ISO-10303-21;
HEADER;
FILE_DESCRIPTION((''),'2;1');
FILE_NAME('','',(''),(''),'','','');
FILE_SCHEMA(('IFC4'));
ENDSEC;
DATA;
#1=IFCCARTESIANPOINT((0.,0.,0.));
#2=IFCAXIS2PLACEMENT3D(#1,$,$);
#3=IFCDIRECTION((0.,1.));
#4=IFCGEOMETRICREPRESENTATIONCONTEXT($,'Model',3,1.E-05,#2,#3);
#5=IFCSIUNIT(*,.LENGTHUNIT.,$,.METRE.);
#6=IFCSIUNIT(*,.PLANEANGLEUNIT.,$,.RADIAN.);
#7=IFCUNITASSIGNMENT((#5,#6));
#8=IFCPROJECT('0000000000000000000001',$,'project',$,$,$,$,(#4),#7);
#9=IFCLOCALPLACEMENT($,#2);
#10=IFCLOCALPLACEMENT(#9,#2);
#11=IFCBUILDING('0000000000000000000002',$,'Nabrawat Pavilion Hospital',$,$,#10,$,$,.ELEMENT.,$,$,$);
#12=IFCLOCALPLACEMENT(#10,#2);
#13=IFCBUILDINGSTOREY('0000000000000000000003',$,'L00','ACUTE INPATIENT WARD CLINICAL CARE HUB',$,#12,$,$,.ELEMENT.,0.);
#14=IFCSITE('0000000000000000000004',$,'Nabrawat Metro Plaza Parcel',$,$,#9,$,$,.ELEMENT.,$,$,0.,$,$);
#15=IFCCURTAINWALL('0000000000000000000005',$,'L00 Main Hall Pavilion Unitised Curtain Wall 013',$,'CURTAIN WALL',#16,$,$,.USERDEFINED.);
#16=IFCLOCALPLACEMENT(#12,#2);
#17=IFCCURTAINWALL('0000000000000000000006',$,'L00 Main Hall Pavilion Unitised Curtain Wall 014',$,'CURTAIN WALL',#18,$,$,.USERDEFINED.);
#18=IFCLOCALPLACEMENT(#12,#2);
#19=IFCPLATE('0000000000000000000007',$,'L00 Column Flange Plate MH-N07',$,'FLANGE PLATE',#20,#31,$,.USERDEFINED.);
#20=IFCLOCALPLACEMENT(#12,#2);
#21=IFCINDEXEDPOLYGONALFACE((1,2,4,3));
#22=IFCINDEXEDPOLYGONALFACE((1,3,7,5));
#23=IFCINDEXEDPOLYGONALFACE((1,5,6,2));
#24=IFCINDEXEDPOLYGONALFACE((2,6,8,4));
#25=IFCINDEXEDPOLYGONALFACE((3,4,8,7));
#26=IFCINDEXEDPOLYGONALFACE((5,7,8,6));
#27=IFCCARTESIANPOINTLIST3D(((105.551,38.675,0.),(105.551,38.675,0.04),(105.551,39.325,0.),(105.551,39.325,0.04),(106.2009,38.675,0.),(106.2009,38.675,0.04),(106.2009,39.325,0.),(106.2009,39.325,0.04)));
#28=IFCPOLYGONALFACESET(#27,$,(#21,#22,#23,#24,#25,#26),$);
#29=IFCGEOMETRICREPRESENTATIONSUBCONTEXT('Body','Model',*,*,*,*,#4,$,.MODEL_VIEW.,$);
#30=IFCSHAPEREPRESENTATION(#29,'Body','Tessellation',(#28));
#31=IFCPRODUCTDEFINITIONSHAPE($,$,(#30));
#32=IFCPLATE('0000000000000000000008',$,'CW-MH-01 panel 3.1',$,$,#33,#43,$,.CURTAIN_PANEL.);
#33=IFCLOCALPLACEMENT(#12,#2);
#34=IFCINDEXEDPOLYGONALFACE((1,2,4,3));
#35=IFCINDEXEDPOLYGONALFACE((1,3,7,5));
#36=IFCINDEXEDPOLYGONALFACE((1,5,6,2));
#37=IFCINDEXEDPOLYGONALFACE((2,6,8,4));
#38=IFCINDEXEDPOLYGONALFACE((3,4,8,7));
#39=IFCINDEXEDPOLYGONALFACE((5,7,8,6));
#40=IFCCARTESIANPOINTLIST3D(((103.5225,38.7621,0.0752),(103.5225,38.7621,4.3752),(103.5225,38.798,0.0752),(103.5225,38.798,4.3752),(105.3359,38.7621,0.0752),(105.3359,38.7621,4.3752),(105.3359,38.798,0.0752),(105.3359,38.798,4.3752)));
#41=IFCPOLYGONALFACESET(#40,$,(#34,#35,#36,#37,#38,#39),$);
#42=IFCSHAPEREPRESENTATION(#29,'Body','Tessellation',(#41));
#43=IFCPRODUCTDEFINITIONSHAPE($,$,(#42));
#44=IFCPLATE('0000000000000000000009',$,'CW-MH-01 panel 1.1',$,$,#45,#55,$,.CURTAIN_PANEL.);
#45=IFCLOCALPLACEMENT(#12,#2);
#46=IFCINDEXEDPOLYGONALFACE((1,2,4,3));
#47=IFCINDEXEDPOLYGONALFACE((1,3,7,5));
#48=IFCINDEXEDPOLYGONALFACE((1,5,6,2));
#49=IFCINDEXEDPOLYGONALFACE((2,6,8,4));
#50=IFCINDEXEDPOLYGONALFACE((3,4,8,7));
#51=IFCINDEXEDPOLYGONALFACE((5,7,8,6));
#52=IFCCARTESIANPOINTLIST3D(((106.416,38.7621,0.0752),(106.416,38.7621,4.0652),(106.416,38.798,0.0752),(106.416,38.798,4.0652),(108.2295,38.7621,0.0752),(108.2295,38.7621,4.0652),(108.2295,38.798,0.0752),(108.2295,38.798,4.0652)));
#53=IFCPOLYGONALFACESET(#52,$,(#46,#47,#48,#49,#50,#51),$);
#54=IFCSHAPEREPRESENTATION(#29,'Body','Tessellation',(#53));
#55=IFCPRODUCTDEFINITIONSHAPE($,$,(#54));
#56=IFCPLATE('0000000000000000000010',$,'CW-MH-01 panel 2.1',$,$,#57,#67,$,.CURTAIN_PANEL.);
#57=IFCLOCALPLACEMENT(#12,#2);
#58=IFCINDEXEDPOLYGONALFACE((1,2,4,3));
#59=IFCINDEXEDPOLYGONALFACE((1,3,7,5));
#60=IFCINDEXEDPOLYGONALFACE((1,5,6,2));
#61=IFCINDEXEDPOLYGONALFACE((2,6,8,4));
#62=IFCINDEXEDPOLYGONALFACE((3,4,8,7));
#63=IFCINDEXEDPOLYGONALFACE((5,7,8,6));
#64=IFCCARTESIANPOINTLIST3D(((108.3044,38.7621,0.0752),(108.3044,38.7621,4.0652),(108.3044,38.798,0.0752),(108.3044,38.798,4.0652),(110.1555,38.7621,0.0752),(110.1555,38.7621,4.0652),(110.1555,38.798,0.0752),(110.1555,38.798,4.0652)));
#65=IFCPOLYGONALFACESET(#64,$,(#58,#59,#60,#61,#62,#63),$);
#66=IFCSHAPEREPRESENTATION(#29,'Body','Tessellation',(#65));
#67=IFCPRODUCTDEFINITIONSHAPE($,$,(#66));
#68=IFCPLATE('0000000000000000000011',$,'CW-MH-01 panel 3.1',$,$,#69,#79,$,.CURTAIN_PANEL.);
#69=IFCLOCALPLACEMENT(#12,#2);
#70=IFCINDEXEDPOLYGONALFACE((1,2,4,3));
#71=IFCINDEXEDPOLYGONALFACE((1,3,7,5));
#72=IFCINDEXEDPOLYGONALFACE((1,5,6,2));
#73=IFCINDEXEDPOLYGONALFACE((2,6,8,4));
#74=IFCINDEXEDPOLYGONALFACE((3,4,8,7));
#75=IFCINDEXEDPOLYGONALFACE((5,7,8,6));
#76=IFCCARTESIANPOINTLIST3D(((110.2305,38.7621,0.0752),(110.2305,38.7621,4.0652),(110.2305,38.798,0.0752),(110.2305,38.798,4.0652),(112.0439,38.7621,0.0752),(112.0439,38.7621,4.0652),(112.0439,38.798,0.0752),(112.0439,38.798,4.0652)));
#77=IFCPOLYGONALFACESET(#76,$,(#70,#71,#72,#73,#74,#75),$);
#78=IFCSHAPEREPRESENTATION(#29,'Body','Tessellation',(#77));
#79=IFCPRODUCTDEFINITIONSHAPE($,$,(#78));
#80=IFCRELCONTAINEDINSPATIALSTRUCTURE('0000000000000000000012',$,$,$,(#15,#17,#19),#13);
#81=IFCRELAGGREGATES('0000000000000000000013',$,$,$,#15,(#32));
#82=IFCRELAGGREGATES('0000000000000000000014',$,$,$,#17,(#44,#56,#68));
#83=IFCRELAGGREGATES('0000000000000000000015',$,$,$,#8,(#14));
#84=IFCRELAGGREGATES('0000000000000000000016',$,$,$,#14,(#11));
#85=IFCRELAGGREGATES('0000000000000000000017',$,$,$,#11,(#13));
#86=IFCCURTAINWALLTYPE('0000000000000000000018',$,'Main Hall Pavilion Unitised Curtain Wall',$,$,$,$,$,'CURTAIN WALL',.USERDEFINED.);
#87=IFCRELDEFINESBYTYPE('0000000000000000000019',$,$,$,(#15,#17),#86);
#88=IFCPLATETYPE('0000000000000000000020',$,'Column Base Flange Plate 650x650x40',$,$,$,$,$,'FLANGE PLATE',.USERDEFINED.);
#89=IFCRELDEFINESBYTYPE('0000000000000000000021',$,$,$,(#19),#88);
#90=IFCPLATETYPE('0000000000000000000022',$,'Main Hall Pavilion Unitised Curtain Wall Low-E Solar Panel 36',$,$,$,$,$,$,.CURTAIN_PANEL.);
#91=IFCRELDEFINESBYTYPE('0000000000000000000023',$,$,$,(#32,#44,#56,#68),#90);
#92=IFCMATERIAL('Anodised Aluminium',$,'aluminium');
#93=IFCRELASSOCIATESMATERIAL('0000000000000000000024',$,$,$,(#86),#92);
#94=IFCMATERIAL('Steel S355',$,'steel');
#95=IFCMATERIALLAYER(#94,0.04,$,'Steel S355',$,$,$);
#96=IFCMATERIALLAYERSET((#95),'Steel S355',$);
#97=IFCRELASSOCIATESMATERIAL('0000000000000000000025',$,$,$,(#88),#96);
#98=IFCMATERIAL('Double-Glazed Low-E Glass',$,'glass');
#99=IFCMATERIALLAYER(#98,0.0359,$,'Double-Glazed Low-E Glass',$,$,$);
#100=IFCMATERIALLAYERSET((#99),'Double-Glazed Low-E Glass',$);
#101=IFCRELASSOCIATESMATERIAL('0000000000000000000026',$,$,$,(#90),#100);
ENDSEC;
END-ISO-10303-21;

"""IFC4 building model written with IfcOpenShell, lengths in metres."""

from ifc_helpers import new_model, si_unit, direction, frame, origin, origin_2d, place, context, subcontext, project, spatial, rectangle, extrude, material, layer, layer_set, type_object, element, aggregate, save


model = new_model("IFC4")

# Units and contexts
model_context = context("Model", 3, precision=1e-05, world=origin(), true_north=direction((0.0, 1.0)))
body_context = subcontext(model_context, "Body", "Model", "MODEL_VIEW")
ifc_project = project(units=[si_unit("LENGTHUNIT", "METRE"), si_unit("PLANEANGLEUNIT", "RADIAN")], contexts=[model_context])

# Site, building, storey
site_placement = place(None, origin())
site = spatial("IfcSite", under=ifc_project, at=site_placement, Name="Nabrawat Metro Plaza Parcel", CompositionType="ELEMENT", RefElevation=0.0)
building_placement = place(site_placement, origin())
building = spatial("IfcBuilding", under=site, at=building_placement, Name="Nabrawat Pavilion Hospital", CompositionType="ELEMENT")
storey_placement = place(building_placement, origin())
storey = spatial("IfcBuildingStorey", under=building, at=storey_placement, Name="L00", Description="ACUTE INPATIENT WARD CLINICAL CARE HUB", CompositionType="ELEMENT", Elevation=0.0)

# Shared definitions
ifc_material_1 = material(Name="Steel S355", Category="steel")

# Curtain wall
ifc_material_2 = material(Name="Anodised Aluminium", Category="aluminium")
curtain_wall_type = type_object("IfcCurtainWallType", Name="Main Hall Pavilion Unitised Curtain Wall", ElementType="CURTAIN WALL", PredefinedType="USERDEFINED", material=ifc_material_2)
curtain_wall_1_placement = place(storey_placement, origin())
curtain_wall_1 = element("IfcCurtainWall", 1, at=curtain_wall_1_placement, inside=storey, type_object=curtain_wall_type, Name="L00 Main Hall Pavilion Unitised Curtain Wall 013", ObjectType="CURTAIN WALL", PredefinedType="USERDEFINED")

# Curtain wall
curtain_wall_2_placement = place(storey_placement, origin())
curtain_wall_2 = element("IfcCurtainWall", 2, at=curtain_wall_2_placement, inside=storey, type_object=curtain_wall_type, Name="L00 Main Hall Pavilion Unitised Curtain Wall 014", ObjectType="CURTAIN WALL", PredefinedType="USERDEFINED")

# Plate
ifc_layer_1 = layer(ifc_material_1, 0.04, Name="Steel S355")
ifc_layer_set_1 = layer_set([ifc_layer_1], Name="Steel S355")
plate_type_1 = type_object("IfcPlateType", Name="Column Base Flange Plate 650x650x40", ElementType="FLANGE PLATE", PredefinedType="USERDEFINED", material=ifc_layer_set_1)
for number, where, z_axis, x_axis, name in (
    (3, (105.876, 39.0, 0.0), (0.0, 0.0, 1.0), (1.0, 0.0, 0.0), "L00 Column Flange Plate MH-N07"),
):
    element("IfcPlate", number, at=place(storey_placement, frame(where, z_axis=z_axis, x_axis=x_axis)), inside=storey, type_object=plate_type_1, Name=name, ObjectType="FLANGE PLATE", PredefinedType="USERDEFINED", context=body_context, shape_type="SweptSolid", body=[
        extrude(rectangle(XDim=0.6499, YDim=0.6499, at=origin_2d()), origin(), (0.0, 0.0, 1.0), 0.04),
    ])

# Plates
ifc_material_3 = material(Name="Double-Glazed Low-E Glass", Category="glass")
ifc_layer_2 = layer(ifc_material_3, 0.0359, Name="Double-Glazed Low-E Glass")
ifc_layer_set_2 = layer_set([ifc_layer_2], Name="Double-Glazed Low-E Glass")
plate_type_2 = type_object("IfcPlateType", Name="Main Hall Pavilion Unitised Curtain Wall Low-E Solar Panel 36", PredefinedType="CURTAIN_PANEL", material=ifc_layer_set_2)
plate_1_placement = place(storey_placement, frame((104.4292, 38.78, 0.0752), z_axis=(0.0, 0.0, 1.0), x_axis=(1.0, 0.0, 0.0)))
plate_1 = element("IfcPlate", 4, at=plate_1_placement, type_object=plate_type_2, Name="CW-MH-01 panel 3.1", PredefinedType="CURTAIN_PANEL", context=body_context, shape_type="SweptSolid", body=[
    extrude(rectangle(XDim=1.8135, YDim=0.0359, at=origin_2d()), origin(), (0.0, 0.0, 1.0), 4.3),
])
aggregate(curtain_wall_1, [plate_1])
plate_2_placement = place(storey_placement, frame((107.3228, 38.78, 0.0752), z_axis=(0.0, 0.0, 1.0), x_axis=(1.0, 0.0, 0.0)))
plate_2 = element("IfcPlate", 5, at=plate_2_placement, type_object=plate_type_2, Name="CW-MH-01 panel 1.1", PredefinedType="CURTAIN_PANEL", context=body_context, shape_type="SweptSolid", body=[
    extrude(rectangle(XDim=1.8135, YDim=0.0359, at=origin_2d()), origin(), (0.0, 0.0, 1.0), 3.99),
])
plate_3_placement = place(storey_placement, frame((109.23, 38.78, 0.0752), z_axis=(0.0, 0.0, 1.0), x_axis=(1.0, 0.0, 0.0)))
plate_3 = element("IfcPlate", 6, at=plate_3_placement, type_object=plate_type_2, Name="CW-MH-01 panel 2.1", PredefinedType="CURTAIN_PANEL", context=body_context, shape_type="SweptSolid", body=[
    extrude(rectangle(XDim=1.8511, YDim=0.0359, at=origin_2d()), origin(), (0.0, 0.0, 1.0), 3.99),
])
plate_4_placement = place(storey_placement, frame((111.1372, 38.78, 0.0752), z_axis=(0.0, 0.0, 1.0), x_axis=(1.0, 0.0, 0.0)))
plate_4 = element("IfcPlate", 7, at=plate_4_placement, type_object=plate_type_2, Name="CW-MH-01 panel 3.1", PredefinedType="CURTAIN_PANEL", context=body_context, shape_type="SweptSolid", body=[
    extrude(rectangle(XDim=1.8135, YDim=0.0359, at=origin_2d()), origin(), (0.0, 0.0, 1.0), 3.99),
])
aggregate(curtain_wall_2, [plate_2, plate_3, plate_4])

save(model, "model.ifc")
